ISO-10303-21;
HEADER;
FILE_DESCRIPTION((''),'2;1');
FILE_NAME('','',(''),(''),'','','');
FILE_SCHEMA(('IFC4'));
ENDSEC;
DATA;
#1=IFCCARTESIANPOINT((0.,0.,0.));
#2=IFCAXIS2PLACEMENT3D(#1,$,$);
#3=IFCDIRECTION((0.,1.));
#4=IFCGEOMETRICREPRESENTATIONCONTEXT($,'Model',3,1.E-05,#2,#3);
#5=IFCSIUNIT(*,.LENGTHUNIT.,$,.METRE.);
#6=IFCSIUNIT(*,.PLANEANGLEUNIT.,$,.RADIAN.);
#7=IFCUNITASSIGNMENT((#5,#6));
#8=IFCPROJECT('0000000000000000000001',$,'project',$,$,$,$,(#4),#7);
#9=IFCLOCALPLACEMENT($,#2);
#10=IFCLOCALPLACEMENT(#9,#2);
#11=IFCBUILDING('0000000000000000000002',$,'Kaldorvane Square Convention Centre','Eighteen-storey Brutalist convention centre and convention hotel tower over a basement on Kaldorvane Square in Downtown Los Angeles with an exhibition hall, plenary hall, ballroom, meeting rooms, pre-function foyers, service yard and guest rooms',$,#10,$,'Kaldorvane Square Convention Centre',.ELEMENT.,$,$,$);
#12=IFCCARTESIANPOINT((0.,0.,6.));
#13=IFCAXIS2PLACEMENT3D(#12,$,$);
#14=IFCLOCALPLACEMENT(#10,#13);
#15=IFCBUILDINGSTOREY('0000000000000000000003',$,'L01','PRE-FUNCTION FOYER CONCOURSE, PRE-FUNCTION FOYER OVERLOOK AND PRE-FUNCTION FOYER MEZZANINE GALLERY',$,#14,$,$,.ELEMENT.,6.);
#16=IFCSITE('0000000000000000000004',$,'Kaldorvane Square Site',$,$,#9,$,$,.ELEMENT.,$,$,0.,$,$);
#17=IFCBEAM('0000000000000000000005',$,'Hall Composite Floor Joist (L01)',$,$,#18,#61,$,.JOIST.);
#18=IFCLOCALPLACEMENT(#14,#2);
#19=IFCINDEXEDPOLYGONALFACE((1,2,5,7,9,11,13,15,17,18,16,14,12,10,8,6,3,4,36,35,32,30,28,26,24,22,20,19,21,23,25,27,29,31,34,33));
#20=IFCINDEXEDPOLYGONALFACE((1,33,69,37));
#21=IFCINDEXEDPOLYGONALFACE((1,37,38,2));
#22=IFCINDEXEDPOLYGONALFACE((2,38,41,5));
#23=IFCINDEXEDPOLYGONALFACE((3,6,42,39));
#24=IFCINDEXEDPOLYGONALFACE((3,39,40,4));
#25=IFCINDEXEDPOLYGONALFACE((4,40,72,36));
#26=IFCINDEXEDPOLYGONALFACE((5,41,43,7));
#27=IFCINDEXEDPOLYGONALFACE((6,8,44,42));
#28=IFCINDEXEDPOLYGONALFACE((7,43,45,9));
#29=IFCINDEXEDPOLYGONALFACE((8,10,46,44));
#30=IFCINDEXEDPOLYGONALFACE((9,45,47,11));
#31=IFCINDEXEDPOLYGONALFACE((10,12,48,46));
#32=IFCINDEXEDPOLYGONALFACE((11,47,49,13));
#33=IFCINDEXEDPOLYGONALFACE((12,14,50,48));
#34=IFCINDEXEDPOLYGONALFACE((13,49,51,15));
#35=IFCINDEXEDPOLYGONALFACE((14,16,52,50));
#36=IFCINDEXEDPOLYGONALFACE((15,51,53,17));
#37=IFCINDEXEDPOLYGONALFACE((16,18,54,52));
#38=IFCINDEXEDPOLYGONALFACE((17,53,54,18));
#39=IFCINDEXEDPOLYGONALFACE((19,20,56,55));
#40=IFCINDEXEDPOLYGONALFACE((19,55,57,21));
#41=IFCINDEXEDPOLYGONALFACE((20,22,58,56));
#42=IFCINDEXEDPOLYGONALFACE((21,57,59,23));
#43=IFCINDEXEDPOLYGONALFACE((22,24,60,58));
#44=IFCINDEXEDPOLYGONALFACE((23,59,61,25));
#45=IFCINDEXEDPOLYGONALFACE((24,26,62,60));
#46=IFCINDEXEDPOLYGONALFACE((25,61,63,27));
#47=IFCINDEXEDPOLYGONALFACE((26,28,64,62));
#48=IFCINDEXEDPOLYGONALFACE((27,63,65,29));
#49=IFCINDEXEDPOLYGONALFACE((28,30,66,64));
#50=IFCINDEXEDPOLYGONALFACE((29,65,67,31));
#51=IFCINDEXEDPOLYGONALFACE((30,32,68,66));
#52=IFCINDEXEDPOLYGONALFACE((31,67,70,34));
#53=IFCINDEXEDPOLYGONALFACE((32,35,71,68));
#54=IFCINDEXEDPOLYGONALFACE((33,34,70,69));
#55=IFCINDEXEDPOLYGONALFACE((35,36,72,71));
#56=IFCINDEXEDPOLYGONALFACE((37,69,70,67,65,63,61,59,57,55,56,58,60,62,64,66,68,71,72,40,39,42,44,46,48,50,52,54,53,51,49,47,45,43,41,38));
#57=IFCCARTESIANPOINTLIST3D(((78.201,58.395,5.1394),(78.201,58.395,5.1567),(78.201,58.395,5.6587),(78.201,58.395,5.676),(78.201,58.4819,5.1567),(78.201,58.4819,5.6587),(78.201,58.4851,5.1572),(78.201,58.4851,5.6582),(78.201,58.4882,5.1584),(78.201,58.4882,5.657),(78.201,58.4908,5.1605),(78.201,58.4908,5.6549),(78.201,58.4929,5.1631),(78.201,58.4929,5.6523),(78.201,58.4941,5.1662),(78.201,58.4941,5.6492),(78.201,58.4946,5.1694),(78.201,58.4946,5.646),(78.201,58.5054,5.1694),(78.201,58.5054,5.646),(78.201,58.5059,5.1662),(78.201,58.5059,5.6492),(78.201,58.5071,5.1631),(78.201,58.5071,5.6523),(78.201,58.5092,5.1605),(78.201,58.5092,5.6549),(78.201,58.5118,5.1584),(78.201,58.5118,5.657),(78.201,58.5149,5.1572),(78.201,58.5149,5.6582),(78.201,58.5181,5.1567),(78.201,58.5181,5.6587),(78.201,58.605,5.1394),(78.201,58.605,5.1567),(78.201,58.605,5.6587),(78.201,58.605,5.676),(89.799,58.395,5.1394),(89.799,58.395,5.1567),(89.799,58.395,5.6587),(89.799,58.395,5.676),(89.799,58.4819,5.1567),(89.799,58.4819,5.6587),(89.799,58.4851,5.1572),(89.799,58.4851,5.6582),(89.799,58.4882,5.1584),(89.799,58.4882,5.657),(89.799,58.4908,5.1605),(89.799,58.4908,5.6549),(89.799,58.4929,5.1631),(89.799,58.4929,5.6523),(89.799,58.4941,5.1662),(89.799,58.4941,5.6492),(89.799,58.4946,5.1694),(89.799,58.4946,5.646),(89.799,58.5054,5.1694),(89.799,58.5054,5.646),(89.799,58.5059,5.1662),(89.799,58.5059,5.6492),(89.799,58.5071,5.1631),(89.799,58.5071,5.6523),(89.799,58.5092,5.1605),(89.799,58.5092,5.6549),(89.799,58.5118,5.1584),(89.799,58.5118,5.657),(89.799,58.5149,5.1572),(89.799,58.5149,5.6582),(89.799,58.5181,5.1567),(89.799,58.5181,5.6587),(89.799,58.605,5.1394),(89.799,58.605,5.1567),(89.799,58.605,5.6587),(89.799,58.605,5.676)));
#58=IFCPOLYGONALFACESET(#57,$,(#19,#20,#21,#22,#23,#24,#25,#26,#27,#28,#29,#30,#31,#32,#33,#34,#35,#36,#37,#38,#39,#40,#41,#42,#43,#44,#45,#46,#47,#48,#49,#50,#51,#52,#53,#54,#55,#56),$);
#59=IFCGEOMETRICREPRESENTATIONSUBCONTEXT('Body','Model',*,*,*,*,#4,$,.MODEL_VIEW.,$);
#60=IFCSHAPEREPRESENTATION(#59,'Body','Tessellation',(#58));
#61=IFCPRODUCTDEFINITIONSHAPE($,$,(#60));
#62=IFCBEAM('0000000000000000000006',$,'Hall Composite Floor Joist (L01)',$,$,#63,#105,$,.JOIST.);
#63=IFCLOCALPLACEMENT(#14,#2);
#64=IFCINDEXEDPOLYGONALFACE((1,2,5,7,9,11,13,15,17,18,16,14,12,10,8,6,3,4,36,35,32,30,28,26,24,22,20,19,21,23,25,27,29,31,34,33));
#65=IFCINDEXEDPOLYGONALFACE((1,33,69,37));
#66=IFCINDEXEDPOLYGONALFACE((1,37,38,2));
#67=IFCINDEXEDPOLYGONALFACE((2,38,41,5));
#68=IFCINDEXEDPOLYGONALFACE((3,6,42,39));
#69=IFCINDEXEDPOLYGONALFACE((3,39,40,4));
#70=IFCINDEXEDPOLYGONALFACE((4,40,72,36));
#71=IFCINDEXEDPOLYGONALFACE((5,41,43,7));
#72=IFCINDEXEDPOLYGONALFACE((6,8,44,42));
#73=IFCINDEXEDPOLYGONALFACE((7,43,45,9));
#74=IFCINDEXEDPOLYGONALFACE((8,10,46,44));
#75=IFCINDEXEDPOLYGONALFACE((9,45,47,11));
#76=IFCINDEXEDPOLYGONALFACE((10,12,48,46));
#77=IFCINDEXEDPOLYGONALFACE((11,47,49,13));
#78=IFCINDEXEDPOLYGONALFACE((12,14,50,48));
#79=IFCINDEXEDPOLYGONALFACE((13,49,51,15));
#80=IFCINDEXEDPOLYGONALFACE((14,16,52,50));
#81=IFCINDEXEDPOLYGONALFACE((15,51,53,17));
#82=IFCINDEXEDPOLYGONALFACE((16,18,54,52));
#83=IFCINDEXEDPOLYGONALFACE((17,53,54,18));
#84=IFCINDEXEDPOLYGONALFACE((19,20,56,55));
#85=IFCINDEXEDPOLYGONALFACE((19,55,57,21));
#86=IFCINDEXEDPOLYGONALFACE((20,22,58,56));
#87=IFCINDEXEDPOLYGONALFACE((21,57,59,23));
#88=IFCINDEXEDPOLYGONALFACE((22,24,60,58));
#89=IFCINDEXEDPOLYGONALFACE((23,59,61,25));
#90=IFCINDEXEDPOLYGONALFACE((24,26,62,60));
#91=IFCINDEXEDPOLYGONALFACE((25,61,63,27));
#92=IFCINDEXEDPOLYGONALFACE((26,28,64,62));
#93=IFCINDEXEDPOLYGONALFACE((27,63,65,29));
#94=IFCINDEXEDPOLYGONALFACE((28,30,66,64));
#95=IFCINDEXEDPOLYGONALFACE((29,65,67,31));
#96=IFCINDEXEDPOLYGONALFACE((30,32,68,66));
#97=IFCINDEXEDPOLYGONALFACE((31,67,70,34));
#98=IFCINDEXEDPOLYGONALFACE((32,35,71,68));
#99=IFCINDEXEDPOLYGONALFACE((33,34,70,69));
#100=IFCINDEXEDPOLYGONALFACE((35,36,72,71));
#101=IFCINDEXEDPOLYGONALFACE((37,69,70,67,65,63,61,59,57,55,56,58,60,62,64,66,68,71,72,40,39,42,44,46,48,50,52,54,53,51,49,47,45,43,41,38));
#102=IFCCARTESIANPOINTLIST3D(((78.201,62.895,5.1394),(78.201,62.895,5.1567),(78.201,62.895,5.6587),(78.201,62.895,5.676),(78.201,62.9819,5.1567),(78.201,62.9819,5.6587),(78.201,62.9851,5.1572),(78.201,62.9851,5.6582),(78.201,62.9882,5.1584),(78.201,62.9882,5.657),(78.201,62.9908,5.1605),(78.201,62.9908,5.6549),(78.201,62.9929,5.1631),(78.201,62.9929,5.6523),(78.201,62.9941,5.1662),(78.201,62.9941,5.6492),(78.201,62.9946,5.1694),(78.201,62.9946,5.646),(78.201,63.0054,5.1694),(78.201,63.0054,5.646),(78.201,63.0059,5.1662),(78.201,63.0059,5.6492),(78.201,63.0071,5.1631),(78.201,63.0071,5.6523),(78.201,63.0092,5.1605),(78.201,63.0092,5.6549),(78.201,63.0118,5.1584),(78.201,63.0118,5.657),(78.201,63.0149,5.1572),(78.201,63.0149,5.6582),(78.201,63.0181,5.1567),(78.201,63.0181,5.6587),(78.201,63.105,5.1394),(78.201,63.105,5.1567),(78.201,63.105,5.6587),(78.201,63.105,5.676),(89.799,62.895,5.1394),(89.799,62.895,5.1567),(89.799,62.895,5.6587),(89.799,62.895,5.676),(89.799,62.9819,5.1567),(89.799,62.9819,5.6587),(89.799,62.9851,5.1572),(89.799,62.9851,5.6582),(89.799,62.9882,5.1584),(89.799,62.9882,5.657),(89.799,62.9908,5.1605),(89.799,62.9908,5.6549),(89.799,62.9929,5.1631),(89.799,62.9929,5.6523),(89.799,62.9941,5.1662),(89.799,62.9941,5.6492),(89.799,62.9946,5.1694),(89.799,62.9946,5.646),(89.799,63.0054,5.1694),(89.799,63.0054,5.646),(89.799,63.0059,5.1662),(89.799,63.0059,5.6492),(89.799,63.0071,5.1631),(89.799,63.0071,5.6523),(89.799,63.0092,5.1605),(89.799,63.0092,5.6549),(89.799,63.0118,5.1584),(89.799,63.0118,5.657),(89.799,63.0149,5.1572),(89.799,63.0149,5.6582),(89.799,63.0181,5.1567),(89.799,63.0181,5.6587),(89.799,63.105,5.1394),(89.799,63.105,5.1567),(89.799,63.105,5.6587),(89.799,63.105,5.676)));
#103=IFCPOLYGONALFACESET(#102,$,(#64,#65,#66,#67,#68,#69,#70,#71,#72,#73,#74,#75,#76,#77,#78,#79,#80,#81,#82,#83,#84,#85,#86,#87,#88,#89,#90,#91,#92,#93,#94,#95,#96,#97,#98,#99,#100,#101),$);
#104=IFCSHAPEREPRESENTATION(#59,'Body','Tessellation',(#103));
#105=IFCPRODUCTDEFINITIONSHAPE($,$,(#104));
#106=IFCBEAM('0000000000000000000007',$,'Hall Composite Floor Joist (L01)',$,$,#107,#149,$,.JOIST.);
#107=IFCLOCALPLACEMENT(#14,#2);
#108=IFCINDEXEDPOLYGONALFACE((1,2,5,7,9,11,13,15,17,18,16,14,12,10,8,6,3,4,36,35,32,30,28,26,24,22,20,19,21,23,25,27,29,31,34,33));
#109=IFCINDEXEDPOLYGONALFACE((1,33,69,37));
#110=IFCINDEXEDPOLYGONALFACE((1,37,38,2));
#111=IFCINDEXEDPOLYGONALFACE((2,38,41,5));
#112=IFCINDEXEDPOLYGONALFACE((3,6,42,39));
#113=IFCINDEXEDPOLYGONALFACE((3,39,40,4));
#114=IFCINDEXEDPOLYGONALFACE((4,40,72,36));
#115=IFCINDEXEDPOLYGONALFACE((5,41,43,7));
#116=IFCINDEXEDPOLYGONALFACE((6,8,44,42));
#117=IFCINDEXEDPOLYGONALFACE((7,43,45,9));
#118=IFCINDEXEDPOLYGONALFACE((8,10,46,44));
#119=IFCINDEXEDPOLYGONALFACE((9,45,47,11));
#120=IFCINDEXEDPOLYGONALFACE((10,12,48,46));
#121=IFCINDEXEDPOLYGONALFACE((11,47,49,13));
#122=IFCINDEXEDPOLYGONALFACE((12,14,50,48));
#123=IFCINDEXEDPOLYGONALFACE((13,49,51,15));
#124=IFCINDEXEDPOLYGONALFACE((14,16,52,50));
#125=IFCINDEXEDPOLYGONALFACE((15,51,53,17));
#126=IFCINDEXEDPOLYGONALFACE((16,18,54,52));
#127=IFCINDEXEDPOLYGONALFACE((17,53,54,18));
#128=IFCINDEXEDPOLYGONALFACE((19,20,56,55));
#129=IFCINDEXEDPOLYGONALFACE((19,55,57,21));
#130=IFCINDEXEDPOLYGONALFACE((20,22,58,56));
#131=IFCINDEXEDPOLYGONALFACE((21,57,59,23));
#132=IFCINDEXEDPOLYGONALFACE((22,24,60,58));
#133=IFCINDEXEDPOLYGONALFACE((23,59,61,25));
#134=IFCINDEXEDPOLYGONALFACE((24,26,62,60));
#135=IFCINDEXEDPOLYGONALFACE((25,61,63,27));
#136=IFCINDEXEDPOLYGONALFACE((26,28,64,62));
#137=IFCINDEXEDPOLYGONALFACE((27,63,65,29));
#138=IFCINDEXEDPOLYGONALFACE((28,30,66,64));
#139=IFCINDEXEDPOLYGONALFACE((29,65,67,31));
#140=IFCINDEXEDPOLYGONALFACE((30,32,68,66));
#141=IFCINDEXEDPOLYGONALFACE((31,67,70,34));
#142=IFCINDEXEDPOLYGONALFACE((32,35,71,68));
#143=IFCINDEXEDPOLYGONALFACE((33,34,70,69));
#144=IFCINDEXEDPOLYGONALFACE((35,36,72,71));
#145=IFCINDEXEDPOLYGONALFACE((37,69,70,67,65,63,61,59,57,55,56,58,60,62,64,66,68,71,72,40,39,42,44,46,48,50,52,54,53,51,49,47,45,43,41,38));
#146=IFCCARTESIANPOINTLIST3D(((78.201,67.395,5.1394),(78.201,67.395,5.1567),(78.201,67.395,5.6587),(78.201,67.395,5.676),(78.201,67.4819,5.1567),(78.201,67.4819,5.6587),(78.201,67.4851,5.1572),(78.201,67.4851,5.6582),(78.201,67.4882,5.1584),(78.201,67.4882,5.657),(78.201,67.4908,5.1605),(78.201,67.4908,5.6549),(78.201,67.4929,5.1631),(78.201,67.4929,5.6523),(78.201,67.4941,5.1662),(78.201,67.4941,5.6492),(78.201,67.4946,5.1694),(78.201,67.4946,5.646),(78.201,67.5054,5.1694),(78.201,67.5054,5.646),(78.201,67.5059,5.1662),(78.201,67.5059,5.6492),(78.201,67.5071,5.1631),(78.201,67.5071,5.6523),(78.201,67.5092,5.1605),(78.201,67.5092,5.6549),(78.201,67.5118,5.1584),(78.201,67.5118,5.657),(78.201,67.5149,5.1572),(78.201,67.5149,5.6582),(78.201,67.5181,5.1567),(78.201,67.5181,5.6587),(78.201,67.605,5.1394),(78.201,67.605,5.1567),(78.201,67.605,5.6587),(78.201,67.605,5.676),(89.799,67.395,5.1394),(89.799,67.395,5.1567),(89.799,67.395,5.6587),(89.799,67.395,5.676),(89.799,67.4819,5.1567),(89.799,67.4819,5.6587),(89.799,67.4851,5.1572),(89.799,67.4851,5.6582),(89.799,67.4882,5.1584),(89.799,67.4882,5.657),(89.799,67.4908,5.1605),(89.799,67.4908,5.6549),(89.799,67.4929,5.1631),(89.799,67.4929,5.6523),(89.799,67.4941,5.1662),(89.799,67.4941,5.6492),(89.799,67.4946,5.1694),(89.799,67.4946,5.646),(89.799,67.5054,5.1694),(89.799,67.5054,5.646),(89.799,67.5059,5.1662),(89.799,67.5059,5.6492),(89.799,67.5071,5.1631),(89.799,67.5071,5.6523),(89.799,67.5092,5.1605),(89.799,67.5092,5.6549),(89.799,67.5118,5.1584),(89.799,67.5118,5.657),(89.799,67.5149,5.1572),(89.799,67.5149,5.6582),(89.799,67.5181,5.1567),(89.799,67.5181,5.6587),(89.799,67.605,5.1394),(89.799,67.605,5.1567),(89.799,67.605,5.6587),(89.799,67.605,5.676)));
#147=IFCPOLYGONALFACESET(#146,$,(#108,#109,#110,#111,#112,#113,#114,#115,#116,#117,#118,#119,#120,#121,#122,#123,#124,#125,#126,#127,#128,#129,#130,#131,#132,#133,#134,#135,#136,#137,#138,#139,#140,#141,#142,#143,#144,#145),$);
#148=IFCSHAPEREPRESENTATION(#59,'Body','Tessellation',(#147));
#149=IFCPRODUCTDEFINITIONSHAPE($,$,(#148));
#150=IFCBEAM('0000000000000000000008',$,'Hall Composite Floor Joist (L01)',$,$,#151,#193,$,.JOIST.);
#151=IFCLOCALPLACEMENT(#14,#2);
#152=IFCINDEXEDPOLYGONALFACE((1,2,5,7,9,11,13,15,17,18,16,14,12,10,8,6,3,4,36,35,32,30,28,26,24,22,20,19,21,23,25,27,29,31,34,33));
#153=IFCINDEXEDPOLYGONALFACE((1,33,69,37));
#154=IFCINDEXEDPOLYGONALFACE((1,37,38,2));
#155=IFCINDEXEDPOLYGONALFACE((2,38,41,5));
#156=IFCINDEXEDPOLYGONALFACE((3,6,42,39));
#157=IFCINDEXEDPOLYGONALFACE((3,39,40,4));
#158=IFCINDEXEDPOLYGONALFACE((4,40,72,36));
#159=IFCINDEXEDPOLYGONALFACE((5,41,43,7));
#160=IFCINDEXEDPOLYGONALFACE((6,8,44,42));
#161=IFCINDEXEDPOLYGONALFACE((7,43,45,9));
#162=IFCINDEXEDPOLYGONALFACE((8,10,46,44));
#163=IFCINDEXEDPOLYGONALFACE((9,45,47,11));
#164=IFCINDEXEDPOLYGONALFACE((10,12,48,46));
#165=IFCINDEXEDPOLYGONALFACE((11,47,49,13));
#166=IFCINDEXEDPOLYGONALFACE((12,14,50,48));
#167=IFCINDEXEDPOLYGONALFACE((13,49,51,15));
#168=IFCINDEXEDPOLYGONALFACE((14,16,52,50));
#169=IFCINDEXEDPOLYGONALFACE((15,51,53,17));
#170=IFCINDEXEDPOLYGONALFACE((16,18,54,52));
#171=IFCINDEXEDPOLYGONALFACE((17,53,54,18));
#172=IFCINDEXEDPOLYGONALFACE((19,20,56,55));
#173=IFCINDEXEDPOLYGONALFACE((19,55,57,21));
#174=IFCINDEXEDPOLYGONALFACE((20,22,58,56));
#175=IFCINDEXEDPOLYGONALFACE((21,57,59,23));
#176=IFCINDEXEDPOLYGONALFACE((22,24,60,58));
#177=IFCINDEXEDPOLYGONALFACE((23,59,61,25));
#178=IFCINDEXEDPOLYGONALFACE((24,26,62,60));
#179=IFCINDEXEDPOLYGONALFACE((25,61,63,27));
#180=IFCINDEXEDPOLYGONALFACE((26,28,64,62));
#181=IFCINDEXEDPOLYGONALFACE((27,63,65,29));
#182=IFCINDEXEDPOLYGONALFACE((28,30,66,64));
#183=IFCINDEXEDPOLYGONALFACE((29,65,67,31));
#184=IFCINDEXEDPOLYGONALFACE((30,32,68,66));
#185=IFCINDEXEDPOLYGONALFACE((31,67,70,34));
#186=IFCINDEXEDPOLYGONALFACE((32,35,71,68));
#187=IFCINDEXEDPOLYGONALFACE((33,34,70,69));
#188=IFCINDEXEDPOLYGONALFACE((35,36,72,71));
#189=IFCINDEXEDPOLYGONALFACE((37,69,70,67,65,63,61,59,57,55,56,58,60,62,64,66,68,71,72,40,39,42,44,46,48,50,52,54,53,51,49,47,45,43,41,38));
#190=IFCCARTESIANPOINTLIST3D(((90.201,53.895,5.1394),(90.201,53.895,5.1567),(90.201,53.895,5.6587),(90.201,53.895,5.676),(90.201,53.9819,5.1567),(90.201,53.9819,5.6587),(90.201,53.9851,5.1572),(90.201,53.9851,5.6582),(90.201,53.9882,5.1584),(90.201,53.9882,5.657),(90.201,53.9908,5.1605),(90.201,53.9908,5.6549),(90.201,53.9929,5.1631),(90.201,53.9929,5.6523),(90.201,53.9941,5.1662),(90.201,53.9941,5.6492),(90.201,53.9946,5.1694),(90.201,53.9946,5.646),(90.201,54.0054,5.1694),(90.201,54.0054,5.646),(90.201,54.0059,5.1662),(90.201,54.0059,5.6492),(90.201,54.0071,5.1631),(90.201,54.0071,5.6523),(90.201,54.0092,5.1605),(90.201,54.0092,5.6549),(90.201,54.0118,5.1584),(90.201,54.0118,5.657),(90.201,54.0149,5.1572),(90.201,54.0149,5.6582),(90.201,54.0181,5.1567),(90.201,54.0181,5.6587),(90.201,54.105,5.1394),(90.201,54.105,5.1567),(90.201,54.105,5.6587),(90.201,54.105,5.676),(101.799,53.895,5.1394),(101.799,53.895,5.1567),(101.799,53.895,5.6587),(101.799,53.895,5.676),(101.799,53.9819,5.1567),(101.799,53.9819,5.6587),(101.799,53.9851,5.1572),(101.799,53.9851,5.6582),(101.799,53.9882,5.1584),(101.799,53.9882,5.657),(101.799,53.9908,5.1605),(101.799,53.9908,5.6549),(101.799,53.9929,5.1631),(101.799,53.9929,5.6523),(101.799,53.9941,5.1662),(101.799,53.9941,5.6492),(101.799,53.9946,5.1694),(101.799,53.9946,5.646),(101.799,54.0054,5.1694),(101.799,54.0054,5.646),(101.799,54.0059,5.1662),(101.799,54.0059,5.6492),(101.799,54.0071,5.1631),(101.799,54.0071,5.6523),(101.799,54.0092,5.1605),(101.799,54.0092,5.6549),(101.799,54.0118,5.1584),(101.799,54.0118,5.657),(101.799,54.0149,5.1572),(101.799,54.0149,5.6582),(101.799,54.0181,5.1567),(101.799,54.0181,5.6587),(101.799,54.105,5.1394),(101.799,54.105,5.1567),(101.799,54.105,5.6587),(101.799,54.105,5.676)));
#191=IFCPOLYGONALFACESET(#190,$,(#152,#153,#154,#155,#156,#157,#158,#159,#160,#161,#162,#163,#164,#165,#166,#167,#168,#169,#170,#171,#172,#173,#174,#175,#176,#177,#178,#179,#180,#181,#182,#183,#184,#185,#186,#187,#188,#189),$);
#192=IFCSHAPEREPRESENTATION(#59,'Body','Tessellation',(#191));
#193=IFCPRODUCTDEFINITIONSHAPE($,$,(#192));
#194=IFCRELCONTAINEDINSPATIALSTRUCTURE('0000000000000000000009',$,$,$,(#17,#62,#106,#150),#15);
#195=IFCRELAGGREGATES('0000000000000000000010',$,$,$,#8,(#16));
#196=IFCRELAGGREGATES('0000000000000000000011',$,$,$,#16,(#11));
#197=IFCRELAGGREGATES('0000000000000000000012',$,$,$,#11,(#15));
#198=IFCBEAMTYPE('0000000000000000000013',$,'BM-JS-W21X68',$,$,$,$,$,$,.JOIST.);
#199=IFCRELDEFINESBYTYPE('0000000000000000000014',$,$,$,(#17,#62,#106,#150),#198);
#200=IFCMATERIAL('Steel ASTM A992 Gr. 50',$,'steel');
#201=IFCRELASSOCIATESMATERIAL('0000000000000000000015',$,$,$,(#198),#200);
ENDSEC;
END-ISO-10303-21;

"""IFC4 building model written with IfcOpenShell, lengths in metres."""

from ifc_helpers import new_model, si_unit, direction, frame, origin, origin_2d, place, context, subcontext, project, spatial, i_section, extrude, material, material_profile, profile_set, type_object, element, save


model = new_model("IFC4")

# Units and contexts
model_context = context("Model", 3, precision=1e-05, world=origin(), true_north=direction((0.0, 1.0)))
body_context = subcontext(model_context, "Body", "Model", "MODEL_VIEW")
ifc_project = project(units=[si_unit("LENGTHUNIT", "METRE"), si_unit("PLANEANGLEUNIT", "RADIAN")], contexts=[model_context])

# Site, building, storey
site_placement = place(None, origin())
site = spatial("IfcSite", under=ifc_project, at=site_placement, Name="Kaldorvane Square Site", CompositionType="ELEMENT", RefElevation=0.0)
building_placement = place(site_placement, origin())
building = spatial("IfcBuilding", under=site, at=building_placement, Name="Kaldorvane Square Convention Centre", Description="Eighteen-storey Brutalist convention centre and convention hotel tower over a basement on Kaldorvane Square in Downtown Los Angeles with an exhibition hall, plenary hall, ballroom, meeting rooms, pre-function foyers, service yard and guest rooms", LongName="Kaldorvane Square Convention Centre", CompositionType="ELEMENT")
storey_placement = place(building_placement, frame((0.0, 0.0, 6.0)))
storey = spatial("IfcBuildingStorey", under=building, at=storey_placement, Name="L01", Description="PRE-FUNCTION FOYER CONCOURSE, PRE-FUNCTION FOYER OVERLOOK AND PRE-FUNCTION FOYER MEZZANINE GALLERY", CompositionType="ELEMENT", Elevation=6.0)

# Beams
ifc_material_1 = material(Name="Steel ASTM A992 Gr. 50", Category="steel")
ifc_material_profile_1 = material_profile(ifc_material_1, i_section(OverallWidth=0.2101, OverallDepth=0.5367, WebThickness=0.0109, FlangeThickness=0.0174, FilletRadius=0.0127, at=origin_2d()), Name="W21X68")
ifc_profile_set_1 = profile_set([ifc_material_profile_1], Name="Steel ASTM A992 Gr. 50")
beam_type_1 = type_object("IfcBeamType", Name="BM-JS-W21X68", PredefinedType="JOIST", material=ifc_profile_set_1)
for number, where, z_axis, x_axis, name in (
    (1, (78.201, 58.5, 5.4077), (1.0, 0.0, 0.0), (0.0, 1.0, 0.0), "Hall Composite Floor Joist (L01)"),
    (2, (78.201, 63.0, 5.4077), (1.0, 0.0, 0.0), (0.0, 1.0, 0.0), "Hall Composite Floor Joist (L01)"),
    (3, (78.201, 67.5, 5.4077), (1.0, 0.0, 0.0), (0.0, 1.0, 0.0), "Hall Composite Floor Joist (L01)"),
    (4, (90.201, 54.0, 5.4077), (1.0, 0.0, 0.0), (0.0, 1.0, 0.0), "Hall Composite Floor Joist (L01)"),
):
    element("IfcBeam", number, at=place(storey_placement, frame(where, z_axis=z_axis, x_axis=x_axis)), inside=storey, type_object=beam_type_1, Name=name, PredefinedType="JOIST", context=body_context, shape_type="SweptSolid", body=[
        extrude(i_section(OverallWidth=0.2101, OverallDepth=0.5367, WebThickness=0.0109, FlangeThickness=0.0174, FilletRadius=0.0127, at=origin_2d()), origin(), (0.0, 0.0, 1.0), 11.598),
    ])

save(model, "model.ifc")
